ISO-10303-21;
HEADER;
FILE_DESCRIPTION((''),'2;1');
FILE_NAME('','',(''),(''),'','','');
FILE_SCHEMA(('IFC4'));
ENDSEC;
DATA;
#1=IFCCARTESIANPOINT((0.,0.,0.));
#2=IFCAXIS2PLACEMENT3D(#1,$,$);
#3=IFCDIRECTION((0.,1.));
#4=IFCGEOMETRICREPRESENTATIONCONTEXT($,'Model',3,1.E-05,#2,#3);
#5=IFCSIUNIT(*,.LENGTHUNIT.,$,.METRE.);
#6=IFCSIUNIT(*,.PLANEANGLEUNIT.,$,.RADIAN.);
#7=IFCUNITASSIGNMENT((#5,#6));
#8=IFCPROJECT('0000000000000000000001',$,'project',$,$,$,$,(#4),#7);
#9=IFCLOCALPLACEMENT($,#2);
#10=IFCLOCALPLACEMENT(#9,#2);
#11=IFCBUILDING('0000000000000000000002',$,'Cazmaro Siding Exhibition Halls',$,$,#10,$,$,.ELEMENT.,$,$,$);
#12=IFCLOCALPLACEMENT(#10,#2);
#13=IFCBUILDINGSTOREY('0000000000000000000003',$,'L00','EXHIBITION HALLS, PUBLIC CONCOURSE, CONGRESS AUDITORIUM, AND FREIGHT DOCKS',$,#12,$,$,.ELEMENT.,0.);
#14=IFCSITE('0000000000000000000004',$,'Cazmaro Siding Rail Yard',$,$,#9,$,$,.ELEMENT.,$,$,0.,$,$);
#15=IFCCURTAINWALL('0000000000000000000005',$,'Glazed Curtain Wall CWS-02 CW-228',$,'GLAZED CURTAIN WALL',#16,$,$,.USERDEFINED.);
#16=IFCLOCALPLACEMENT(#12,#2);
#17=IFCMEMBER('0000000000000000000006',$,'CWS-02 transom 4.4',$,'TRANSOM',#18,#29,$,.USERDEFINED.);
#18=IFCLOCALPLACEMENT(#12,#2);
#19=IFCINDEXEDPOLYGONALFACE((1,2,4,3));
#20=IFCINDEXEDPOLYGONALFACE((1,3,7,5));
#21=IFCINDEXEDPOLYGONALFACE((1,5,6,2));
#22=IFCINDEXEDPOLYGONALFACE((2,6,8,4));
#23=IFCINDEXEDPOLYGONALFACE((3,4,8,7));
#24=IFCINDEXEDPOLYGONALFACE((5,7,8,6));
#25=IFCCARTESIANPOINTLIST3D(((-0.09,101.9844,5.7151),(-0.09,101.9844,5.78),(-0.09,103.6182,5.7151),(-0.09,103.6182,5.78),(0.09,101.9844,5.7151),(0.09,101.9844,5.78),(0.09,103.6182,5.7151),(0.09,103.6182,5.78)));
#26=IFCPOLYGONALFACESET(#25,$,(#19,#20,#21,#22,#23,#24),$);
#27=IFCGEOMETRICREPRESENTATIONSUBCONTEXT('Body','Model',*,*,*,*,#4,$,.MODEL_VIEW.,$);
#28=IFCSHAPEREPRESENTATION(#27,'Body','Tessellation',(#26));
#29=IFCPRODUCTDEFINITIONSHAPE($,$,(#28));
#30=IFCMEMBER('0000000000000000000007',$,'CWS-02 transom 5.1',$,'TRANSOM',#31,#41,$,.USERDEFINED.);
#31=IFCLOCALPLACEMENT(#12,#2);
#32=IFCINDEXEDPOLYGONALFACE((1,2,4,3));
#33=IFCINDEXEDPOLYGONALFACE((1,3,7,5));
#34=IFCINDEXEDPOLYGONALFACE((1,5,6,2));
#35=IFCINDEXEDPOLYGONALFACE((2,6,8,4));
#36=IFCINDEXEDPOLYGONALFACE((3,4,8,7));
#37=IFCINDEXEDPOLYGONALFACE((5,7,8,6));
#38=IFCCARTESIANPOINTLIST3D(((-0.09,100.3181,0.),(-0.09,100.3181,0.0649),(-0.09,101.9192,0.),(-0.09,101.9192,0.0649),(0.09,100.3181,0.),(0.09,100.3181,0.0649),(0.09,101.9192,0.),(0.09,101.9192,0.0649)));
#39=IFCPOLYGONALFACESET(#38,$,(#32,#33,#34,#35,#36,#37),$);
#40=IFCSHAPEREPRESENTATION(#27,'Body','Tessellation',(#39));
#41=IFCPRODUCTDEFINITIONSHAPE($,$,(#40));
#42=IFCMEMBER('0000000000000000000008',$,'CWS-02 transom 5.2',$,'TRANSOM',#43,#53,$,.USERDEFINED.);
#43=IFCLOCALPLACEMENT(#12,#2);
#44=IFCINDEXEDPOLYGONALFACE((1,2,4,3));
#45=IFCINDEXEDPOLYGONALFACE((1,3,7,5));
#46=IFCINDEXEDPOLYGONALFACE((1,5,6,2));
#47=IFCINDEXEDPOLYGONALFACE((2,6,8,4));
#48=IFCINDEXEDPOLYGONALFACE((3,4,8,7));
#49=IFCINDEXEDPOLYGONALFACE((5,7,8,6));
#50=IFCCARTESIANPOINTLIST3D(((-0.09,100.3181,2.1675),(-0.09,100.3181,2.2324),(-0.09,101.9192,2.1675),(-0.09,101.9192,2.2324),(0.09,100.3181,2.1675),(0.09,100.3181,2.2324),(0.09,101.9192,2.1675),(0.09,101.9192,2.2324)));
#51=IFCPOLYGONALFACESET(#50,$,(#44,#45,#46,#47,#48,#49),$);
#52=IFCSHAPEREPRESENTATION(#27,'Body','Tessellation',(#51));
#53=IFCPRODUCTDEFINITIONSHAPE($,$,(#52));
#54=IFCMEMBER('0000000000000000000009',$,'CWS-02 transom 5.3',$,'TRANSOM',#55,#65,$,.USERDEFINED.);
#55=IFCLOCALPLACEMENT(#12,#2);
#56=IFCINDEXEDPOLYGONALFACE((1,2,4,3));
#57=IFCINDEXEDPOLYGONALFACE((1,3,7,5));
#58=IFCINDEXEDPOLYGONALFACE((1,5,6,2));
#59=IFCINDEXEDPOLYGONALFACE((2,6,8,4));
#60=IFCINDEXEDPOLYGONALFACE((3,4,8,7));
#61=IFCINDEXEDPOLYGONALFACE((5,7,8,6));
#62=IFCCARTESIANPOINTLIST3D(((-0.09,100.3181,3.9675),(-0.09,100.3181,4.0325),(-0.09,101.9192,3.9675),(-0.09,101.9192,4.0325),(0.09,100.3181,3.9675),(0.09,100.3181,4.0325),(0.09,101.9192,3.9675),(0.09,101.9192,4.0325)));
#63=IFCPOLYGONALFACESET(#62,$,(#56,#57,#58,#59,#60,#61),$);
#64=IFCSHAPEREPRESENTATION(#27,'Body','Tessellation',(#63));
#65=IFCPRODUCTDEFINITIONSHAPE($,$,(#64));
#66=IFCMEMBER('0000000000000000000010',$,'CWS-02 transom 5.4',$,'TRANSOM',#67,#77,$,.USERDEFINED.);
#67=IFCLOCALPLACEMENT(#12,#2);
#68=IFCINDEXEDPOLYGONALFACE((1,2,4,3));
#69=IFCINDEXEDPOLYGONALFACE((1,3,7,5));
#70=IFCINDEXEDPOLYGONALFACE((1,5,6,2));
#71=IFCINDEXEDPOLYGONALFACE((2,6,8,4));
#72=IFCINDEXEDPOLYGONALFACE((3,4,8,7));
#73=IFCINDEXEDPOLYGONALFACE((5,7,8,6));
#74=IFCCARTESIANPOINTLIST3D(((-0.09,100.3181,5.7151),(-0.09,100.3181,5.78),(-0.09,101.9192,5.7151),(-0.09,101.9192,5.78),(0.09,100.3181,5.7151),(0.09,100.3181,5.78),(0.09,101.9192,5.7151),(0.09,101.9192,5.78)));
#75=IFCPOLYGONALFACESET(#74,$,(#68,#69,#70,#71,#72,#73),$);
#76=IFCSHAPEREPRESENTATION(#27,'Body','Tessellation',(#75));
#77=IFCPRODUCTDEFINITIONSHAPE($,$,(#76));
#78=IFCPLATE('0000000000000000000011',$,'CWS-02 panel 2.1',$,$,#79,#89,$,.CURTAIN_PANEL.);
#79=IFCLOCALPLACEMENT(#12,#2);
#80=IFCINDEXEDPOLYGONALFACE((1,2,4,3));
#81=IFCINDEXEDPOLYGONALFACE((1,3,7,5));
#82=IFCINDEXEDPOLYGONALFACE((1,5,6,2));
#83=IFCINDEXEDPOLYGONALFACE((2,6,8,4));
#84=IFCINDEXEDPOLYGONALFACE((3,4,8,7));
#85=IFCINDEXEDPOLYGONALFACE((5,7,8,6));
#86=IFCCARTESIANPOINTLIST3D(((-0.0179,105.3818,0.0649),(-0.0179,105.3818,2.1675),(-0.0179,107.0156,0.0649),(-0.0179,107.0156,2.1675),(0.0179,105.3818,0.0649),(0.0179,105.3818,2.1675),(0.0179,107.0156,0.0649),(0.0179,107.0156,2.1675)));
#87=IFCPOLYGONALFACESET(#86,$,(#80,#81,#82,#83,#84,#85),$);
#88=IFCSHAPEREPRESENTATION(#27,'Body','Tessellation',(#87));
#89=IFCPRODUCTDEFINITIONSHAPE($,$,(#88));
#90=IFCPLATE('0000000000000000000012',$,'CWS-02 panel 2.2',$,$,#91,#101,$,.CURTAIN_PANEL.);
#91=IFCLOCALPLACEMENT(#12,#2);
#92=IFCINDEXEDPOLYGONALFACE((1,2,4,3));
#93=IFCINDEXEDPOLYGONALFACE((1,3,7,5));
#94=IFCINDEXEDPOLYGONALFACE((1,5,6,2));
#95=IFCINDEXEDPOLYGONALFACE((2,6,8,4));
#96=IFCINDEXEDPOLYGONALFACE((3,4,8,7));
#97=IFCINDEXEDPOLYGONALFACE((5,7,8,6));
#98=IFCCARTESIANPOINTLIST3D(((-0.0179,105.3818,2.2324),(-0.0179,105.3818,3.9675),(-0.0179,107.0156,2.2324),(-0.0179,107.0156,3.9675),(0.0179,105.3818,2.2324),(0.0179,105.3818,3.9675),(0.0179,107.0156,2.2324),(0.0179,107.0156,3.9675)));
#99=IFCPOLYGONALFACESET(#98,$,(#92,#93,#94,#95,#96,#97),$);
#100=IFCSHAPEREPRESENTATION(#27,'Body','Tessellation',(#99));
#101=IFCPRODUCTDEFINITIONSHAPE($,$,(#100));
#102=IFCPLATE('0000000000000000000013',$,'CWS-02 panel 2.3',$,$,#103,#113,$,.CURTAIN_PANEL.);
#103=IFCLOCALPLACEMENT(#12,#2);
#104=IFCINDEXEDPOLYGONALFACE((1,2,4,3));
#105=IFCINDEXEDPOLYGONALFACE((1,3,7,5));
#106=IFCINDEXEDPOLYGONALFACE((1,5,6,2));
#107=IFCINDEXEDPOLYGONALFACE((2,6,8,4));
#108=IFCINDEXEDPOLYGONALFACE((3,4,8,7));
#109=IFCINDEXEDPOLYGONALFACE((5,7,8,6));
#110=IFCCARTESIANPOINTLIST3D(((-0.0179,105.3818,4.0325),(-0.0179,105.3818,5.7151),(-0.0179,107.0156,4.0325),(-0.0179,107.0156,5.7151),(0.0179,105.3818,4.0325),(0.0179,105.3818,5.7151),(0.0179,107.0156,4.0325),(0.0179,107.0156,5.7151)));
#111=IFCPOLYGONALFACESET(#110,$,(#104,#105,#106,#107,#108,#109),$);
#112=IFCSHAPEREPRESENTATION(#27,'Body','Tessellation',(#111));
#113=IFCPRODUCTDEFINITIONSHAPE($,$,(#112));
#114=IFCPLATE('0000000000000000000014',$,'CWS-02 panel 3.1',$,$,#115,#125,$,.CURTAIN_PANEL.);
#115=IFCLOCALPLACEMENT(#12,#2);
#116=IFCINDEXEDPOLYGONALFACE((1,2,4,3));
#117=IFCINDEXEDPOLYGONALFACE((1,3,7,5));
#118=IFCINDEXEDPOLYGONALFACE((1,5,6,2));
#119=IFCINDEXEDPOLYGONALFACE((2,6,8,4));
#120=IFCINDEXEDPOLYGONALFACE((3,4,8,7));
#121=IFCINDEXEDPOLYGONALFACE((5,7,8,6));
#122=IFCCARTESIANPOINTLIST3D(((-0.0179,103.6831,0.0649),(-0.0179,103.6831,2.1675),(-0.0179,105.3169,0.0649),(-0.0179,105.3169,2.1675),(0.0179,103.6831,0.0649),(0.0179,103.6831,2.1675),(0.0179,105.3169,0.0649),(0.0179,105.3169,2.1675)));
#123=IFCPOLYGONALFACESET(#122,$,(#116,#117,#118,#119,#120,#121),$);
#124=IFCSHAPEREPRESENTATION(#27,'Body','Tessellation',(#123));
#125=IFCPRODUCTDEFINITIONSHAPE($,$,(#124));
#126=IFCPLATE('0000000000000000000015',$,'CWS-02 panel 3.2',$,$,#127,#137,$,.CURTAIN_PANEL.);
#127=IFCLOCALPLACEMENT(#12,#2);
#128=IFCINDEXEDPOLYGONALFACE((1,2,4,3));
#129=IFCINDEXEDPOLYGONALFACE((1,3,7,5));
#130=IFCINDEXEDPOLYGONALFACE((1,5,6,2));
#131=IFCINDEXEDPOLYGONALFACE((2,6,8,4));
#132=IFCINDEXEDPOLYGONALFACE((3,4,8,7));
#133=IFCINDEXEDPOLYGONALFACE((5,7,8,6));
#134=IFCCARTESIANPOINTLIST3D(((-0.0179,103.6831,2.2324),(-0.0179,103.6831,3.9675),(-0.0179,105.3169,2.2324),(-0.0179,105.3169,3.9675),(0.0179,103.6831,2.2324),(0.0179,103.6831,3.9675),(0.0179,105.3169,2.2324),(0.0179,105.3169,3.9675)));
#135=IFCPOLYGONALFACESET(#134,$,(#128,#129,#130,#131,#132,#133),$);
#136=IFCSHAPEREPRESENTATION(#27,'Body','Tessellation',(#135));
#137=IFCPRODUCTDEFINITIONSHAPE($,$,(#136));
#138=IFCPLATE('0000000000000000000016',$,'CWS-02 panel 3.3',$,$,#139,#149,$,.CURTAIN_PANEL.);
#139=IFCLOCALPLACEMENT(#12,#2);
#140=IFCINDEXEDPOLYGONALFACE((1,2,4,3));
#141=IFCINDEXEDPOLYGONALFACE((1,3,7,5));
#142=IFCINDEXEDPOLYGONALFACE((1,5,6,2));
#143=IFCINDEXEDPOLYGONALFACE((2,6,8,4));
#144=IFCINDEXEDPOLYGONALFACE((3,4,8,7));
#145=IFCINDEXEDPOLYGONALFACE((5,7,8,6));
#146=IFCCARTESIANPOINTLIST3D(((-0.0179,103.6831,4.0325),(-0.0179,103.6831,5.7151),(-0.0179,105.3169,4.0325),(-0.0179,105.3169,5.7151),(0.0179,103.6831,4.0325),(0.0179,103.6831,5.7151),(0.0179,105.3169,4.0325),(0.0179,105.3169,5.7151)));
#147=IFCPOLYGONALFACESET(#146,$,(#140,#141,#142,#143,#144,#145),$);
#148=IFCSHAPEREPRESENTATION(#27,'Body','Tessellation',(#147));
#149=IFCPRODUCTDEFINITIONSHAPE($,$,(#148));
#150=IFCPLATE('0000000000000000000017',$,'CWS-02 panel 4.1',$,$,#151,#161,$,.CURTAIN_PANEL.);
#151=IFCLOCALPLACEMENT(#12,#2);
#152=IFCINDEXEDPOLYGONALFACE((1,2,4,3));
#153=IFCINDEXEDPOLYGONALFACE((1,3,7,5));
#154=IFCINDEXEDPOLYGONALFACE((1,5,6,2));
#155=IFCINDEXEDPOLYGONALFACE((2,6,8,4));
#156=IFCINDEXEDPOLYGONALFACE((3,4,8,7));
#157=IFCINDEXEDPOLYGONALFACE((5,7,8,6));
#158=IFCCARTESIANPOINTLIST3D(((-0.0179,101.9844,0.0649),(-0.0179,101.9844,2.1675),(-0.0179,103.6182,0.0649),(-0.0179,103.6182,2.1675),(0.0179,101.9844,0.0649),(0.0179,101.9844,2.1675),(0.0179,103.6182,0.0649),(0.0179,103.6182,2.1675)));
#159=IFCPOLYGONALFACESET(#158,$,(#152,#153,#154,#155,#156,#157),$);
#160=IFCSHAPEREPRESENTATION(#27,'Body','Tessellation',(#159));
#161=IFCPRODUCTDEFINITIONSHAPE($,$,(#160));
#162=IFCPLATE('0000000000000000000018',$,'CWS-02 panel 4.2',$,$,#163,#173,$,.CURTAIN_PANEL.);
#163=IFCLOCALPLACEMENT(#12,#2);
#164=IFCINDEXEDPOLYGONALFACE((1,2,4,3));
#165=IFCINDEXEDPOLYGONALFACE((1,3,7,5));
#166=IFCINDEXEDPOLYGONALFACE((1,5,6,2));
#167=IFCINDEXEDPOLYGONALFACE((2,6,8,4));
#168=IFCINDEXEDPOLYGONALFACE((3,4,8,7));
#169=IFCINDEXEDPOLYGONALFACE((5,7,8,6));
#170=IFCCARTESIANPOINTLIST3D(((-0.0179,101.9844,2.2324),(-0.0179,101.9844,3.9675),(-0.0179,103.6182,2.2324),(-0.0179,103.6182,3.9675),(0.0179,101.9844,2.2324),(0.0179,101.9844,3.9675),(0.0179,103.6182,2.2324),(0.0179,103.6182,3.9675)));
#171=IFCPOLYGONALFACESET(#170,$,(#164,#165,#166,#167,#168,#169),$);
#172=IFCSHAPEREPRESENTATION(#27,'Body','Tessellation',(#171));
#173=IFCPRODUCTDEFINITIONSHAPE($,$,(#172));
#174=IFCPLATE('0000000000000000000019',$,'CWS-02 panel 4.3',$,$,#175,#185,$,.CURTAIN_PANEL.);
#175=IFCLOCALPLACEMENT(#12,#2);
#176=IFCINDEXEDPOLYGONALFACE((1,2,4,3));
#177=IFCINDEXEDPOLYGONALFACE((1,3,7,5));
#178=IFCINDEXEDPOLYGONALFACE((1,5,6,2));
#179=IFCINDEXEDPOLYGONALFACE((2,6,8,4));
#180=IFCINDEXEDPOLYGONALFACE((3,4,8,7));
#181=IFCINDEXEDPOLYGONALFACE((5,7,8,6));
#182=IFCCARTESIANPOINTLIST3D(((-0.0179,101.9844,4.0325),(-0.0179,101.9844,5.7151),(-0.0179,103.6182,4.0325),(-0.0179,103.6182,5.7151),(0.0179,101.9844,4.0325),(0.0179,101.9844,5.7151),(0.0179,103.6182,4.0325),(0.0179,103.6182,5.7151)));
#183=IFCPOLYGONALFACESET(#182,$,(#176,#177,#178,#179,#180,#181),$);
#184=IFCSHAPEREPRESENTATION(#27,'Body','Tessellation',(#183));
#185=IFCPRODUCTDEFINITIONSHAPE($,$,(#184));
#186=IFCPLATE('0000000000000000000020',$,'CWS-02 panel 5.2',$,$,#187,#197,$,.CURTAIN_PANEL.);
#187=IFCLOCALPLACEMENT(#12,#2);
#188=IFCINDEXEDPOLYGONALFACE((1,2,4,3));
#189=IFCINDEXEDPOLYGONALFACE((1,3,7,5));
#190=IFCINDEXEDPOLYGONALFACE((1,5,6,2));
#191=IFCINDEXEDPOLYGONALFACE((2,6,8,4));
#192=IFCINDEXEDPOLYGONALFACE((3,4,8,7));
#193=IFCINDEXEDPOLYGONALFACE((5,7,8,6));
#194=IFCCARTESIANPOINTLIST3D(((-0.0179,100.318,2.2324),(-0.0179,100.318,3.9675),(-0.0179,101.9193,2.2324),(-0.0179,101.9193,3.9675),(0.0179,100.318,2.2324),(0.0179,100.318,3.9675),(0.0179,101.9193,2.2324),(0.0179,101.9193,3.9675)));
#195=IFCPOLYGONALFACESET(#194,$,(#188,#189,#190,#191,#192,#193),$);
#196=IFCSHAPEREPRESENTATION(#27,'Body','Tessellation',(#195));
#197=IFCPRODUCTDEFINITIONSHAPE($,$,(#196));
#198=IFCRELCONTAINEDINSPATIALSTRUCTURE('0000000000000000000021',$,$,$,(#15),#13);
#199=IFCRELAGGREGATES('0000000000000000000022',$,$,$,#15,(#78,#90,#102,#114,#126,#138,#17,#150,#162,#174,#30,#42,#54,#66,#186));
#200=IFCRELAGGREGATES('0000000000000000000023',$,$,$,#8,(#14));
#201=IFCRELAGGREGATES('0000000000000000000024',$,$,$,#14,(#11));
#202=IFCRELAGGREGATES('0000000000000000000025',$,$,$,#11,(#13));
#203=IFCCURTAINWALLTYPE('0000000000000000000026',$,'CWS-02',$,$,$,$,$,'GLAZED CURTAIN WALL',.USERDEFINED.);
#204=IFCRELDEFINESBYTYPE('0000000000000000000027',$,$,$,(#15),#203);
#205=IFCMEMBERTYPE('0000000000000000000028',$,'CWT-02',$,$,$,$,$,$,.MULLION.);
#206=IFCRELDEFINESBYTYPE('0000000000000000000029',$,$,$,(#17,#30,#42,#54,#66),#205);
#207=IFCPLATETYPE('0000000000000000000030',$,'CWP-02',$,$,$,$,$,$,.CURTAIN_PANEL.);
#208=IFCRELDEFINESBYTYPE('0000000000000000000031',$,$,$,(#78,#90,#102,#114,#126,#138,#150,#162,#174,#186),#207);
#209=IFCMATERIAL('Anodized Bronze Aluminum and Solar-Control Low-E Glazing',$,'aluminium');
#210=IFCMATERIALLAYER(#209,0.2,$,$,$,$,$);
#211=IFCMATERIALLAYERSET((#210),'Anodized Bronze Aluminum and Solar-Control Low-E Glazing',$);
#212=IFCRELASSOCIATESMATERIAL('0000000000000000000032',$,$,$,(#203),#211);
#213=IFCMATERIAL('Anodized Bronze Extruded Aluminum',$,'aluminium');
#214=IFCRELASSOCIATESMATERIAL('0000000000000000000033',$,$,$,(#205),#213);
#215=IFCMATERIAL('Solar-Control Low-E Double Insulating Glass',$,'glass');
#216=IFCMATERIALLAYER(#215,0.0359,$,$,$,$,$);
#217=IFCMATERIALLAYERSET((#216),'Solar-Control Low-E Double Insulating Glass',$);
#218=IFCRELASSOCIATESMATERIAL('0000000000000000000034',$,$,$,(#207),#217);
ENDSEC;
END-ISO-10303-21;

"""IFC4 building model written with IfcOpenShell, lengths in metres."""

from ifc_helpers import new_model, si_unit, direction, frame, origin, origin_2d, place, context, subcontext, project, spatial, rectangle, extrude, material, layer, layer_set, material_profile, profile_set, type_object, element, aggregate, save


model = new_model("IFC4")

# Units and contexts
model_context = context("Model", 3, precision=1e-05, world=origin(), true_north=direction((0.0, 1.0)))
body_context = subcontext(model_context, "Body", "Model", "MODEL_VIEW")
ifc_project = project(units=[si_unit("LENGTHUNIT", "METRE"), si_unit("PLANEANGLEUNIT", "RADIAN")], contexts=[model_context])

# Site, building, storey
site_placement = place(None, origin())
site = spatial("IfcSite", under=ifc_project, at=site_placement, Name="Cazmaro Siding Rail Yard", CompositionType="ELEMENT", RefElevation=0.0)
building_placement = place(site_placement, origin())
building = spatial("IfcBuilding", under=site, at=building_placement, Name="Cazmaro Siding Exhibition Halls", CompositionType="ELEMENT")
storey_placement = place(building_placement, origin())
storey = spatial("IfcBuildingStorey", under=building, at=storey_placement, Name="L00", Description="EXHIBITION HALLS, PUBLIC CONCOURSE, CONGRESS AUDITORIUM, AND FREIGHT DOCKS", CompositionType="ELEMENT", Elevation=0.0)

# Curtain wall, members, plates
ifc_material_1 = material(Name="Anodized Bronze Aluminum and Solar-Control Low-E Glazing", Category="aluminium")
ifc_layer_1 = layer(ifc_material_1, 0.2)
ifc_layer_set_1 = layer_set([ifc_layer_1], Name="Anodized Bronze Aluminum and Solar-Control Low-E Glazing")
curtain_wall_type = type_object("IfcCurtainWallType", Name="CWS-02", ElementType="GLAZED CURTAIN WALL", PredefinedType="USERDEFINED", material=ifc_layer_set_1)
curtain_wall_placement = place(storey_placement, origin())
curtain_wall = element("IfcCurtainWall", 1, at=curtain_wall_placement, inside=storey, type_object=curtain_wall_type, Name="Glazed Curtain Wall CWS-02 CW-228", ObjectType="GLAZED CURTAIN WALL", PredefinedType="USERDEFINED")
ifc_material_2 = material(Name="Anodized Bronze Extruded Aluminum", Category="aluminium")
ifc_material_profile_1 = material_profile(ifc_material_2, rectangle(XDim=0.1799, YDim=0.0649, at=origin_2d()), Name="CWT-02")
ifc_profile_set_1 = profile_set([ifc_material_profile_1], Name="Anodized Bronze Extruded Aluminum")
member_type_1 = type_object("IfcMemberType", Name="CWT-02", PredefinedType="MULLION", material=ifc_profile_set_1)
member_1_placement = place(storey_placement, frame((0.0, 103.6182, 5.7476), z_axis=(0.0, -1.0, 0.0), x_axis=(1.0, 0.0, 0.0)))
member_1 = element("IfcMember", 2, at=member_1_placement, type_object=member_type_1, Name="CWS-02 transom 4.4", ObjectType="TRANSOM", PredefinedType="USERDEFINED", context=body_context, shape_type="SweptSolid", body=[
    extrude(rectangle(XDim=0.1799, YDim=0.0649, at=origin_2d()), origin(), (0.0, 0.0, 1.0), 1.6338),
])
member_2_placement = place(storey_placement, frame((0.0, 101.9192, 0.0325), z_axis=(0.0, -1.0, 0.0), x_axis=(1.0, 0.0, 0.0)))
member_2 = element("IfcMember", 3, at=member_2_placement, type_object=member_type_1, Name="CWS-02 transom 5.1", ObjectType="TRANSOM", PredefinedType="USERDEFINED", context=body_context, shape_type="SweptSolid", body=[
    extrude(rectangle(XDim=0.1799, YDim=0.0649, at=origin_2d()), origin(), (0.0, 0.0, 1.0), 1.6011),
])
member_3_placement = place(storey_placement, frame((0.0, 101.9192, 2.2), z_axis=(0.0, -1.0, 0.0), x_axis=(1.0, 0.0, 0.0)))
member_3 = element("IfcMember", 4, at=member_3_placement, type_object=member_type_1, Name="CWS-02 transom 5.2", ObjectType="TRANSOM", PredefinedType="USERDEFINED", context=body_context, shape_type="SweptSolid", body=[
    extrude(rectangle(XDim=0.1799, YDim=0.0649, at=origin_2d()), origin(), (0.0, 0.0, 1.0), 1.6011),
])
member_4_placement = place(storey_placement, frame((0.0, 101.9192, 4.0), z_axis=(0.0, -1.0, 0.0), x_axis=(1.0, 0.0, 0.0)))
member_4 = element("IfcMember", 5, at=member_4_placement, type_object=member_type_1, Name="CWS-02 transom 5.3", ObjectType="TRANSOM", PredefinedType="USERDEFINED", context=body_context, shape_type="SweptSolid", body=[
    extrude(rectangle(XDim=0.1799, YDim=0.0649, at=origin_2d()), origin(), (0.0, 0.0, 1.0), 1.6011),
])
member_5_placement = place(storey_placement, frame((0.0, 101.9192, 5.7476), z_axis=(0.0, -1.0, 0.0), x_axis=(1.0, 0.0, 0.0)))
member_5 = element("IfcMember", 6, at=member_5_placement, type_object=member_type_1, Name="CWS-02 transom 5.4", ObjectType="TRANSOM", PredefinedType="USERDEFINED", context=body_context, shape_type="SweptSolid", body=[
    extrude(rectangle(XDim=0.1799, YDim=0.0649, at=origin_2d()), origin(), (0.0, 0.0, 1.0), 1.6011),
])
ifc_material_3 = material(Name="Solar-Control Low-E Double Insulating Glass", Category="glass")
ifc_layer_2 = layer(ifc_material_3, 0.0359)
ifc_layer_set_2 = layer_set([ifc_layer_2], Name="Solar-Control Low-E Double Insulating Glass")
plate_type = type_object("IfcPlateType", Name="CWP-02", PredefinedType="CURTAIN_PANEL", material=ifc_layer_set_2)
plate_1_placement = place(storey_placement, frame((0.0, 106.1987, 0.0649), z_axis=(0.0, 0.0, 1.0), x_axis=(0.0, -1.0, 0.0)))
plate_1 = element("IfcPlate", 7, at=plate_1_placement, type_object=plate_type, Name="CWS-02 panel 2.1", PredefinedType="CURTAIN_PANEL", context=body_context, shape_type="SweptSolid", body=[
    extrude(rectangle(XDim=1.6338, YDim=0.0359, at=origin_2d()), origin(), (0.0, 0.0, 1.0), 2.1025),
])
plate_2_placement = place(storey_placement, frame((0.0, 106.1987, 2.2324), z_axis=(0.0, 0.0, 1.0), x_axis=(0.0, -1.0, 0.0)))
plate_2 = element("IfcPlate", 8, at=plate_2_placement, type_object=plate_type, Name="CWS-02 panel 2.2", PredefinedType="CURTAIN_PANEL", context=body_context, shape_type="SweptSolid", body=[
    extrude(rectangle(XDim=1.6338, YDim=0.0359, at=origin_2d()), origin(), (0.0, 0.0, 1.0), 1.7351),
])
plate_3_placement = place(storey_placement, frame((0.0, 106.1987, 4.0325), z_axis=(0.0, 0.0, 1.0), x_axis=(0.0, -1.0, 0.0)))
plate_3 = element("IfcPlate", 9, at=plate_3_placement, type_object=plate_type, Name="CWS-02 panel 2.3", PredefinedType="CURTAIN_PANEL", context=body_context, shape_type="SweptSolid", body=[
    extrude(rectangle(XDim=1.6338, YDim=0.0359, at=origin_2d()), origin(), (0.0, 0.0, 1.0), 1.6826),
])
plate_4_placement = place(storey_placement, frame((0.0, 104.5, 0.0649), z_axis=(0.0, 0.0, 1.0), x_axis=(0.0, -1.0, 0.0)))
plate_4 = element("IfcPlate", 10, at=plate_4_placement, type_object=plate_type, Name="CWS-02 panel 3.1", PredefinedType="CURTAIN_PANEL", context=body_context, shape_type="SweptSolid", body=[
    extrude(rectangle(XDim=1.6338, YDim=0.0359, at=origin_2d()), origin(), (0.0, 0.0, 1.0), 2.1025),
])
plate_5_placement = place(storey_placement, frame((0.0, 104.5, 2.2324), z_axis=(0.0, 0.0, 1.0), x_axis=(0.0, -1.0, 0.0)))
plate_5 = element("IfcPlate", 11, at=plate_5_placement, type_object=plate_type, Name="CWS-02 panel 3.2", PredefinedType="CURTAIN_PANEL", context=body_context, shape_type="SweptSolid", body=[
    extrude(rectangle(XDim=1.6338, YDim=0.0359, at=origin_2d()), origin(), (0.0, 0.0, 1.0), 1.7351),
])
plate_6_placement = place(storey_placement, frame((0.0, 104.5, 4.0325), z_axis=(0.0, 0.0, 1.0), x_axis=(0.0, -1.0, 0.0)))
plate_6 = element("IfcPlate", 12, at=plate_6_placement, type_object=plate_type, Name="CWS-02 panel 3.3", PredefinedType="CURTAIN_PANEL", context=body_context, shape_type="SweptSolid", body=[
    extrude(rectangle(XDim=1.6338, YDim=0.0359, at=origin_2d()), origin(), (0.0, 0.0, 1.0), 1.6826),
])
plate_7_placement = place(storey_placement, frame((0.0, 102.8013, 0.0649), z_axis=(0.0, 0.0, 1.0), x_axis=(0.0, -1.0, 0.0)))
plate_7 = element("IfcPlate", 13, at=plate_7_placement, type_object=plate_type, Name="CWS-02 panel 4.1", PredefinedType="CURTAIN_PANEL", context=body_context, shape_type="SweptSolid", body=[
    extrude(rectangle(XDim=1.6338, YDim=0.0359, at=origin_2d()), origin(), (0.0, 0.0, 1.0), 2.1025),
])
plate_8_placement = place(storey_placement, frame((0.0, 102.8013, 2.2324), z_axis=(0.0, 0.0, 1.0), x_axis=(0.0, -1.0, 0.0)))
plate_8 = element("IfcPlate", 14, at=plate_8_placement, type_object=plate_type, Name="CWS-02 panel 4.2", PredefinedType="CURTAIN_PANEL", context=body_context, shape_type="SweptSolid", body=[
    extrude(rectangle(XDim=1.6338, YDim=0.0359, at=origin_2d()), origin(), (0.0, 0.0, 1.0), 1.7351),
])
plate_9_placement = place(storey_placement, frame((0.0, 102.8013, 4.0325), z_axis=(0.0, 0.0, 1.0), x_axis=(0.0, -1.0, 0.0)))
plate_9 = element("IfcPlate", 15, at=plate_9_placement, type_object=plate_type, Name="CWS-02 panel 4.3", PredefinedType="CURTAIN_PANEL", context=body_context, shape_type="SweptSolid", body=[
    extrude(rectangle(XDim=1.6338, YDim=0.0359, at=origin_2d()), origin(), (0.0, 0.0, 1.0), 1.6826),
])
plate_10_placement = place(storey_placement, frame((0.0, 101.1187, 2.2324), z_axis=(0.0, 0.0, 1.0), x_axis=(0.0, -1.0, 0.0)))
plate_10 = element("IfcPlate", 16, at=plate_10_placement, type_object=plate_type, Name="CWS-02 panel 5.2", PredefinedType="CURTAIN_PANEL", context=body_context, shape_type="SweptSolid", body=[
    extrude(rectangle(XDim=1.6013, YDim=0.0359, at=origin_2d()), origin(), (0.0, 0.0, 1.0), 1.7351),
])
aggregate(curtain_wall, [plate_1, plate_2, plate_3, plate_4, plate_5, plate_6, member_1, plate_7, plate_8, plate_9, member_2, member_3, member_4, member_5, plate_10])

save(model, "model.ifc")
